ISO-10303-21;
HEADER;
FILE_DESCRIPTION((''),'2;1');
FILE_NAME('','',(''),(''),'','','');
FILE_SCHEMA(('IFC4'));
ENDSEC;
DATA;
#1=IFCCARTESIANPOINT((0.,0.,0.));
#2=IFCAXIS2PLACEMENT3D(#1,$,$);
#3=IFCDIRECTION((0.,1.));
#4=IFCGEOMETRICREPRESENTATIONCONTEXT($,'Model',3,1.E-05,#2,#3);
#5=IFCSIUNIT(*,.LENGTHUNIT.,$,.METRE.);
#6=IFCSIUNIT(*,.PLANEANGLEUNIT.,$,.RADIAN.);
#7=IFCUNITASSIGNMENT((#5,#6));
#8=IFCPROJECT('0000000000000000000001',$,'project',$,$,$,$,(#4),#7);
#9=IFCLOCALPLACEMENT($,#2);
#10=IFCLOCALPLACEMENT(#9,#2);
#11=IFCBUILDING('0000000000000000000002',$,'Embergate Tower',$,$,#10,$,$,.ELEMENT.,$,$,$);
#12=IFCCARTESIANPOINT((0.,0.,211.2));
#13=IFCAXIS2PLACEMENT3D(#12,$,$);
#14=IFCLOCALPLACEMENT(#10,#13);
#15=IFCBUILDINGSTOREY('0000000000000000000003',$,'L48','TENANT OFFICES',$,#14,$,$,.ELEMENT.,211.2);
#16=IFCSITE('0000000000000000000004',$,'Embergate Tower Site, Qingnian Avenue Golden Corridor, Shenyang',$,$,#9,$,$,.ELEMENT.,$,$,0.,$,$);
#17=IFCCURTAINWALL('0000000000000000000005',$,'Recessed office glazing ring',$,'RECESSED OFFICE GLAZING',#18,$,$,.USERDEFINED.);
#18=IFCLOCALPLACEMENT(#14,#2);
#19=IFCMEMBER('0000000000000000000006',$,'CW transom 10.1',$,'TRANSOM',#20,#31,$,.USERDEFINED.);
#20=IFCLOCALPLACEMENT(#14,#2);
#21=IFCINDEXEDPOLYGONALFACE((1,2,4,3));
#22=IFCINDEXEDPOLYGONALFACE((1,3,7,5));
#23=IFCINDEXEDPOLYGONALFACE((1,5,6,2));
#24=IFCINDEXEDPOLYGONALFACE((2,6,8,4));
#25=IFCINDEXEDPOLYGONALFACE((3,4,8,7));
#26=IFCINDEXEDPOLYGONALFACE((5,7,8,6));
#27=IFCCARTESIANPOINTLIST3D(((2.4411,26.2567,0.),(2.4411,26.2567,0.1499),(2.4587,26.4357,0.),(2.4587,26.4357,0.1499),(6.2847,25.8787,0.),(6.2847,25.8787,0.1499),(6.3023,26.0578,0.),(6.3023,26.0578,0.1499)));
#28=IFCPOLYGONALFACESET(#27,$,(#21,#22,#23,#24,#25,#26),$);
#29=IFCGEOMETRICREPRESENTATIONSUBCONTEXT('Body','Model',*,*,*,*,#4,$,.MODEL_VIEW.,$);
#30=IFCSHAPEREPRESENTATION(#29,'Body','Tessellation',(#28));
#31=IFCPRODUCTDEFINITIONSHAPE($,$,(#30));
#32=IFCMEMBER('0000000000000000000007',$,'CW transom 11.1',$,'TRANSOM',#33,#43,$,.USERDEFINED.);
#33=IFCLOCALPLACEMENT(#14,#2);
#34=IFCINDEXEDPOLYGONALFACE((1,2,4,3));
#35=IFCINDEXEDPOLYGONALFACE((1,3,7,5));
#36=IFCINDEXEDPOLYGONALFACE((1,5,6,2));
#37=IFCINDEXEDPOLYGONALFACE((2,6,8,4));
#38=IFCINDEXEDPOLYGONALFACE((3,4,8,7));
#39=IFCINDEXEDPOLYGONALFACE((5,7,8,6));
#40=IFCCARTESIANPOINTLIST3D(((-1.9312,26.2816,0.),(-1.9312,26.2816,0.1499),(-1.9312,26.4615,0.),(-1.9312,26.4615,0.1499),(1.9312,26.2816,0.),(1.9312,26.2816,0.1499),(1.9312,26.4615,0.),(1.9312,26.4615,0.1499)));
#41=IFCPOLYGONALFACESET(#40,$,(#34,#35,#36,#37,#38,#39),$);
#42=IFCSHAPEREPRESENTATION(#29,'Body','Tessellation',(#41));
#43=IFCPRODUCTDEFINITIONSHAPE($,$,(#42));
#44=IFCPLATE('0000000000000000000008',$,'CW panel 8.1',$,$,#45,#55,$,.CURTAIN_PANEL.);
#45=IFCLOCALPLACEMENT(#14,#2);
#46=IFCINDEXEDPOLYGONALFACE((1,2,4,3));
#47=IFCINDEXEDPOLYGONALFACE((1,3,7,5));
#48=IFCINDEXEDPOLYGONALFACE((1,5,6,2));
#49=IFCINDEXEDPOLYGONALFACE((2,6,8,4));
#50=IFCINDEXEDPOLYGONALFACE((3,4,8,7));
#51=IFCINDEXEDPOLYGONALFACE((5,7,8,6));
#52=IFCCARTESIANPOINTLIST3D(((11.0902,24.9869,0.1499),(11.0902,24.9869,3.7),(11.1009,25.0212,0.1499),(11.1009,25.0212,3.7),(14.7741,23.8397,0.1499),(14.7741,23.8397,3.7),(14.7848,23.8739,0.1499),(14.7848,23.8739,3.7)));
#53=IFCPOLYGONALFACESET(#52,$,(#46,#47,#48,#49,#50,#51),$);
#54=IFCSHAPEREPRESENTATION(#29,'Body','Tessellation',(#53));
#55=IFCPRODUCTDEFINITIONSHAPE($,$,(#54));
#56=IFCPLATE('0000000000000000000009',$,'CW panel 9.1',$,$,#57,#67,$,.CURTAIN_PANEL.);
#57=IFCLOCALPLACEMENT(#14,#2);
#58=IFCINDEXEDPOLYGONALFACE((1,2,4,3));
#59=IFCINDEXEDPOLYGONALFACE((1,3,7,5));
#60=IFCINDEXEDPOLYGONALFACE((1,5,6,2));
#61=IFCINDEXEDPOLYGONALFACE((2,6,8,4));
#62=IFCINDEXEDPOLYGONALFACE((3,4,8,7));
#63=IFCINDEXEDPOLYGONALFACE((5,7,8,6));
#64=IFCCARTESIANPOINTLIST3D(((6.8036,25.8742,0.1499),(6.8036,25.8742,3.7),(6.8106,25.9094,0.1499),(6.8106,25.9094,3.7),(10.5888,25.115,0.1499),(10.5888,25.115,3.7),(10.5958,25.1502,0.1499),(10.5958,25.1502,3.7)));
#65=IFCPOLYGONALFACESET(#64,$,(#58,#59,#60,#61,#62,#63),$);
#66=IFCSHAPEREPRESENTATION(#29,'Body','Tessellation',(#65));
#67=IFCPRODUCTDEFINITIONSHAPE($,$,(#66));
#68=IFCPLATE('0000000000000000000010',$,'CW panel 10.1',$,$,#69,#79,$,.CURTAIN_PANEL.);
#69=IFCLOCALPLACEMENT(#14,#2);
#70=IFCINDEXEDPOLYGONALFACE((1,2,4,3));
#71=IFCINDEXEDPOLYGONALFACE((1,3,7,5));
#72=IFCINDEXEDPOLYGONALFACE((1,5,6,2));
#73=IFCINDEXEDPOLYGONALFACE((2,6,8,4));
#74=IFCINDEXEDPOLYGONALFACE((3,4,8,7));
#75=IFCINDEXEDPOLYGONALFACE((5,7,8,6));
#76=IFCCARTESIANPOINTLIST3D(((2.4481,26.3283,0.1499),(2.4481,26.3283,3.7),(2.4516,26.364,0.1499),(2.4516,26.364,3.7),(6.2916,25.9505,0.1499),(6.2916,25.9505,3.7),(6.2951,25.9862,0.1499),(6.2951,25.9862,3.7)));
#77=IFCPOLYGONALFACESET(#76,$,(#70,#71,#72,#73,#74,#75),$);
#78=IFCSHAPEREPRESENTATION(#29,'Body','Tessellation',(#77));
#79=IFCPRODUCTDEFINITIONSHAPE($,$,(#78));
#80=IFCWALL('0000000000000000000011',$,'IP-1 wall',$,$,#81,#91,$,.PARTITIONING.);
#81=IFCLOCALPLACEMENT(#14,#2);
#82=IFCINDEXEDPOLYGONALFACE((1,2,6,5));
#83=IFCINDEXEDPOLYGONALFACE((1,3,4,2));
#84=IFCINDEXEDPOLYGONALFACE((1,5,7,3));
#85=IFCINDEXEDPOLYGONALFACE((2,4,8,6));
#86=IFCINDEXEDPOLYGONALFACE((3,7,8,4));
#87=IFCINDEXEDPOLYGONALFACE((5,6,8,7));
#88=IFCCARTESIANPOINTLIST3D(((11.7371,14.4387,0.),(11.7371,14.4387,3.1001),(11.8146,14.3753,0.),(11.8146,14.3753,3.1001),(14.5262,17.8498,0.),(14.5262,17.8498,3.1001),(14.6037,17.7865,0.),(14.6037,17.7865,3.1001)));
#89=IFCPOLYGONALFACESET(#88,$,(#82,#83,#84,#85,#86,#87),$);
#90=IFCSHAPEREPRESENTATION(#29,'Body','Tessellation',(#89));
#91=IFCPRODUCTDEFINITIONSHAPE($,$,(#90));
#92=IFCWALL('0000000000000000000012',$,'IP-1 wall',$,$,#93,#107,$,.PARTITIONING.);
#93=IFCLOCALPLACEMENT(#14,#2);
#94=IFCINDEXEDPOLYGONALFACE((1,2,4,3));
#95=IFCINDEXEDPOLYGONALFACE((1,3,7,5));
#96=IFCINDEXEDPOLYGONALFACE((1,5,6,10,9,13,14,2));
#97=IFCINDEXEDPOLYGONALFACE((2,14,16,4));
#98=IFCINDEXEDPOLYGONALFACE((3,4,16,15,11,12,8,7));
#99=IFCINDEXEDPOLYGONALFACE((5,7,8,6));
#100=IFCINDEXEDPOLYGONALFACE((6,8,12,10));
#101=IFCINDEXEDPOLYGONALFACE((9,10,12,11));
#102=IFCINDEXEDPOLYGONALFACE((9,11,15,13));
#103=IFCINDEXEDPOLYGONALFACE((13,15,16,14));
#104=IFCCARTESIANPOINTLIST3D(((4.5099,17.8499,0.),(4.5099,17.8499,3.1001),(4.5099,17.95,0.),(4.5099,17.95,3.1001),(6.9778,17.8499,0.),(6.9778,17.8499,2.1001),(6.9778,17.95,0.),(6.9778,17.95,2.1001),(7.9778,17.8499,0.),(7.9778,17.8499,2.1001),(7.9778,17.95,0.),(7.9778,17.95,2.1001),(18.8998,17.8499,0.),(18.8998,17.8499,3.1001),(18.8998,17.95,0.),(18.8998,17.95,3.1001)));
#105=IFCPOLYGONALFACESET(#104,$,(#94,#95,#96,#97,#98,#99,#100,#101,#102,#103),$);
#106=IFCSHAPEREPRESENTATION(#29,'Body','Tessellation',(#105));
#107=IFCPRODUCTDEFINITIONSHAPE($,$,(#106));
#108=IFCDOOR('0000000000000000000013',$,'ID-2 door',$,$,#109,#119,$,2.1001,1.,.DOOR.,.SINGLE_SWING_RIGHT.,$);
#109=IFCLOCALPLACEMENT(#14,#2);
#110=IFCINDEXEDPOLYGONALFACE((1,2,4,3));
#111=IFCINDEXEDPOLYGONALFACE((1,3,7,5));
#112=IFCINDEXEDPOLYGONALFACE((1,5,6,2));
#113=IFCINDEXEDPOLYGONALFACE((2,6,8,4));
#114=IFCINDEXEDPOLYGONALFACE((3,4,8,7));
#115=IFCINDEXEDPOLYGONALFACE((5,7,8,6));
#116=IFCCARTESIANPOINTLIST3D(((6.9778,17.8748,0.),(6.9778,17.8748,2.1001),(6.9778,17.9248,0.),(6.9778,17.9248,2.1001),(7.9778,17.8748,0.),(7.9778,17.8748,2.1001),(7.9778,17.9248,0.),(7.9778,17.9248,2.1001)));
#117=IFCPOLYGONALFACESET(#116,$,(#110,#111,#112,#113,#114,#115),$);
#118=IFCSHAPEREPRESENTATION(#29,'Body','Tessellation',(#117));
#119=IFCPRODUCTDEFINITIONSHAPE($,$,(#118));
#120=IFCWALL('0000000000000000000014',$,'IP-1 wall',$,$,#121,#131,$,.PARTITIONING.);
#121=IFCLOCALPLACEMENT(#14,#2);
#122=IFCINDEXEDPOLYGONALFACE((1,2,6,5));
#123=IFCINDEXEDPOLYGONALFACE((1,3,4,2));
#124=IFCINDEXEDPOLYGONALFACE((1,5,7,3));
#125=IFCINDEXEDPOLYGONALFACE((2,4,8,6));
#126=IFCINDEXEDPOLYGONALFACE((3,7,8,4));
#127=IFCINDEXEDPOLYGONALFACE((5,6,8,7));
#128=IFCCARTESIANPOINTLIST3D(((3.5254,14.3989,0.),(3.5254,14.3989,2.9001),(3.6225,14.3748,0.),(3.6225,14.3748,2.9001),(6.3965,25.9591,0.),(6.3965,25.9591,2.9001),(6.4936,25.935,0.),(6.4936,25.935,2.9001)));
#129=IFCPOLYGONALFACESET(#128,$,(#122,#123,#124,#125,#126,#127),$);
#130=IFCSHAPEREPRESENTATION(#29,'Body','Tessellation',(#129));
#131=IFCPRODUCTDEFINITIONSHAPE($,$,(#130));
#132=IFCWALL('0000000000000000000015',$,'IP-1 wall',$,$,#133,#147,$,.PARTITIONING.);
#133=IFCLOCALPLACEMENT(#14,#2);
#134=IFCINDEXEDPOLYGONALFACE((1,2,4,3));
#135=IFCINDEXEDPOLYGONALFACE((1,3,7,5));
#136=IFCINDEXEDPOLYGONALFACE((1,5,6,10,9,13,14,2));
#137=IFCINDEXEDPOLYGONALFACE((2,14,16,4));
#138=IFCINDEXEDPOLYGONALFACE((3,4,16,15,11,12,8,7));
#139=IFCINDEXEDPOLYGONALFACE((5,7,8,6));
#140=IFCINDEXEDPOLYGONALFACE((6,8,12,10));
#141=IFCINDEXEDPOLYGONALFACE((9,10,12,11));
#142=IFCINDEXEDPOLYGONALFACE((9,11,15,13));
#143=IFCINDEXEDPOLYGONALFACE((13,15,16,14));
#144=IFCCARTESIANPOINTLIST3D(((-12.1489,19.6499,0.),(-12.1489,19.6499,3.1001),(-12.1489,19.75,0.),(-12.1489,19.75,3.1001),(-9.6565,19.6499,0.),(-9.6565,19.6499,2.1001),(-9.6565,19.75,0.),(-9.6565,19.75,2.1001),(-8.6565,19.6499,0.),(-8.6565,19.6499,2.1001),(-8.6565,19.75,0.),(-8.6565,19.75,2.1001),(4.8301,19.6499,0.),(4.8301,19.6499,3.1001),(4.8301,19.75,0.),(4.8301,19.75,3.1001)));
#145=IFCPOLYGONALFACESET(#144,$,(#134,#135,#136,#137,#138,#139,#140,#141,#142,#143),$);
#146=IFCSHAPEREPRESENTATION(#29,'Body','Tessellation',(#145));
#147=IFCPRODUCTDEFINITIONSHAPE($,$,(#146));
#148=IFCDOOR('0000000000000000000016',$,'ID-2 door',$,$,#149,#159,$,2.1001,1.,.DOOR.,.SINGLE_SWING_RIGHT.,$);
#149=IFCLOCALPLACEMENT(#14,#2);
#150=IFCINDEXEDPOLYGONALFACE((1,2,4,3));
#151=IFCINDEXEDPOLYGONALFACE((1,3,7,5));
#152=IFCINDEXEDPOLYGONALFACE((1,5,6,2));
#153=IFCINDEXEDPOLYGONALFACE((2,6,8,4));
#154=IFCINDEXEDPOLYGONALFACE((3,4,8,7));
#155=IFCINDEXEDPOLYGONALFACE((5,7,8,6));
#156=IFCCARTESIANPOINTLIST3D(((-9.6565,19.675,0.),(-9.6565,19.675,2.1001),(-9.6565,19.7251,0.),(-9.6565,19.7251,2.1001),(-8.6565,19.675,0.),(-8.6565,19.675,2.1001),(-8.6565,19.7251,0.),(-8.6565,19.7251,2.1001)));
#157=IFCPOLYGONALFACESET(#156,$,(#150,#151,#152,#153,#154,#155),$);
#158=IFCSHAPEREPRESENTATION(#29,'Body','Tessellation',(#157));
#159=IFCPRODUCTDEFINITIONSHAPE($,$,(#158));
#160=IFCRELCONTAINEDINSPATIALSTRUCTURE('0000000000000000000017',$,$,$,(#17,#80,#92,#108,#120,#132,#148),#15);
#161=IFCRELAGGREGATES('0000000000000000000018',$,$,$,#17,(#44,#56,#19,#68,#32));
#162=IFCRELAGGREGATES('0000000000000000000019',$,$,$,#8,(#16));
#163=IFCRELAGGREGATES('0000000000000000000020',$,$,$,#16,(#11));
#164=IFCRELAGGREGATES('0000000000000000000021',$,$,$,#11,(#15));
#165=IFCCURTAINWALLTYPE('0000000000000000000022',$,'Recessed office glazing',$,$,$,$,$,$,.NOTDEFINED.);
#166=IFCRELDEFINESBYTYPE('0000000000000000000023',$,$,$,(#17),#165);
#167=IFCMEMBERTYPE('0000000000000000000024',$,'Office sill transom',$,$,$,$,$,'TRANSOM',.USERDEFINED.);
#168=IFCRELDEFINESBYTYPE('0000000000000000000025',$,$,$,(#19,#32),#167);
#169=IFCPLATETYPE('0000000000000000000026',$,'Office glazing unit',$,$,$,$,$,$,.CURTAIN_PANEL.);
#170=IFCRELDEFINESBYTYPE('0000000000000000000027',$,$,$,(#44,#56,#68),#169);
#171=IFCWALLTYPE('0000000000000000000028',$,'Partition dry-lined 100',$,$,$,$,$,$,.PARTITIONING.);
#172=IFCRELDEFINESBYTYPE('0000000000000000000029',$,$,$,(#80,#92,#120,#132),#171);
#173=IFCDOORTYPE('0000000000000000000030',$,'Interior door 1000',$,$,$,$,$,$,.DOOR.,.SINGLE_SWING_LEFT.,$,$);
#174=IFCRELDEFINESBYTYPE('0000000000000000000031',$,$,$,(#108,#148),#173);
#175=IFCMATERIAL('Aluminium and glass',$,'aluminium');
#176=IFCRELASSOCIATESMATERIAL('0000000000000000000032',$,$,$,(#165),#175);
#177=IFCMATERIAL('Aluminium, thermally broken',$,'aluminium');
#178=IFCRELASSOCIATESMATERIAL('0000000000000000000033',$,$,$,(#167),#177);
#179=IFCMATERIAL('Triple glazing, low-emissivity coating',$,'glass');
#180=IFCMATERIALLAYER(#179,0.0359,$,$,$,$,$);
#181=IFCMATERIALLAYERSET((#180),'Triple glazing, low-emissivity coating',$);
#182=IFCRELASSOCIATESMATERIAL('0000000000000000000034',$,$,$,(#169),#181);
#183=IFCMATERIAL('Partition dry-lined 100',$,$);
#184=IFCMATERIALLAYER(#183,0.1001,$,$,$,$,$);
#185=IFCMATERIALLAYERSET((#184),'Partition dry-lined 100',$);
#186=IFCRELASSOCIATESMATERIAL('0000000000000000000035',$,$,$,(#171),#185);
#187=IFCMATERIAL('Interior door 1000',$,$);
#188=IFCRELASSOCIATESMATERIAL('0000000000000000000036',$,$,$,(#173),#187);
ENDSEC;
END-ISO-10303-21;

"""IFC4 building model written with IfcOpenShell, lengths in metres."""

from ifc_helpers import new_model, si_unit, direction, frame, frame_2d, origin, origin_2d, place, context, subcontext, project, spatial, rectangle, extrude, source, transform, mapped, material, layer, layer_set, material_profile, profile_set, type_object, element, fill, aggregate, save


model = new_model("IFC4")

# Units and contexts
model_context = context("Model", 3, precision=1e-05, world=origin(), true_north=direction((0.0, 1.0)))
body_context = subcontext(model_context, "Body", "Model", "MODEL_VIEW")
ifc_project = project(units=[si_unit("LENGTHUNIT", "METRE"), si_unit("PLANEANGLEUNIT", "RADIAN")], contexts=[model_context])

# Site, building, storey
site_placement = place(None, origin())
site = spatial("IfcSite", under=ifc_project, at=site_placement, Name="Embergate Tower Site, Qingnian Avenue Golden Corridor, Shenyang", CompositionType="ELEMENT", RefElevation=0.0)
building_placement = place(site_placement, origin())
building = spatial("IfcBuilding", under=site, at=building_placement, Name="Embergate Tower", CompositionType="ELEMENT")
storey_placement = place(building_placement, frame((0.0, 0.0, 211.2)))
storey = spatial("IfcBuildingStorey", under=building, at=storey_placement, Name="L48", Description="TENANT OFFICES", CompositionType="ELEMENT", Elevation=211.2)

# Curtain wall, members, plates
ifc_material_1 = material(Name="Aluminium and glass", Category="aluminium")
curtain_wall_type = type_object("IfcCurtainWallType", Name="Recessed office glazing", PredefinedType="NOTDEFINED", material=ifc_material_1)
curtain_wall_placement = place(storey_placement, origin())
curtain_wall = element("IfcCurtainWall", 1, at=curtain_wall_placement, inside=storey, type_object=curtain_wall_type, Name="Recessed office glazing ring", ObjectType="RECESSED OFFICE GLAZING", PredefinedType="USERDEFINED")
ifc_material_2 = material(Name="Aluminium, thermally broken", Category="aluminium")
ifc_material_profile_1 = material_profile(ifc_material_2, rectangle(XDim=0.1799, YDim=0.1499, at=origin_2d()), Name="AL 150x180")
ifc_profile_set_1 = profile_set([ifc_material_profile_1], Name="Aluminium, thermally broken")
member_type_1 = type_object("IfcMemberType", Name="Office sill transom", ElementType="TRANSOM", PredefinedType="USERDEFINED", material=ifc_profile_set_1)
shared_shape_1 = source(origin(), body_context, "Body", "SweptSolid", [
    extrude(rectangle(XDim=0.1799, YDim=0.1499, at=origin_2d()), origin(), (0.0, 0.0, 1.0), 3.8621),
])
member_1_placement = place(storey_placement, frame((6.2935, 25.9683, 0.075), z_axis=(-0.9952, 0.097857, 0.0), x_axis=(-0.097857, -0.9952, 0.0)))
member_1 = element("IfcMember", 2, at=member_1_placement, type_object=member_type_1, Name="CW transom 10.1", ObjectType="TRANSOM", PredefinedType="USERDEFINED", context=body_context, shape_type="MappedRepresentation", body=[
    mapped(shared_shape_1, transform((0.0, 0.0, 0.0))),
])
shared_shape_2 = source(origin(), body_context, "Body", "SweptSolid", [
    extrude(rectangle(XDim=0.1799, YDim=0.1499, at=origin_2d()), origin(), (0.0, 0.0, 1.0), 3.8623),
])
member_2_placement = place(storey_placement, frame((1.9312, 26.3716, 0.075), z_axis=(-1.0, 0.0, 0.0), x_axis=(0.0, -1.0, 0.0)))
member_2 = element("IfcMember", 3, at=member_2_placement, type_object=member_type_1, Name="CW transom 11.1", ObjectType="TRANSOM", PredefinedType="USERDEFINED", context=body_context, shape_type="MappedRepresentation", body=[
    mapped(shared_shape_2, transform((0.0, 0.0, 0.0))),
])
ifc_material_3 = material(Name="Triple glazing, low-emissivity coating", Category="glass")
ifc_layer_1 = layer(ifc_material_3, 0.0359)
ifc_layer_set_1 = layer_set([ifc_layer_1], Name="Triple glazing, low-emissivity coating")
plate_type = type_object("IfcPlateType", Name="Office glazing unit", PredefinedType="CURTAIN_PANEL", material=ifc_layer_set_1)
shared_shape_3 = source(origin(), body_context, "Body", "SweptSolid", [
    extrude(rectangle(XDim=3.8584, YDim=0.0359, at=origin_2d()), origin(), (0.0, 0.0, 1.0), 3.55),
])
plate_1_placement = place(storey_placement, frame((12.9375, 24.4304, 0.1499), z_axis=(0.0, 0.0, 1.0), x_axis=(-0.954771, 0.297343, 0.0)))
plate_1 = element("IfcPlate", 4, at=plate_1_placement, type_object=plate_type, Name="CW panel 8.1", PredefinedType="CURTAIN_PANEL", context=body_context, shape_type="MappedRepresentation", body=[
    mapped(shared_shape_3, transform((0.0, 0.0, 0.0))),
])
shared_shape_4 = source(origin(), body_context, "Body", "SweptSolid", [
    extrude(rectangle(XDim=3.8606, YDim=0.0359, at=origin_2d()), origin(), (0.0, 0.0, 1.0), 3.55),
])
plate_2_placement = place(storey_placement, frame((8.6997, 25.5122, 0.1499), z_axis=(0.0, 0.0, 1.0), x_axis=(-0.980475, 0.196643, 0.0)))
plate_2 = element("IfcPlate", 5, at=plate_2_placement, type_object=plate_type, Name="CW panel 9.1", PredefinedType="CURTAIN_PANEL", context=body_context, shape_type="MappedRepresentation", body=[
    mapped(shared_shape_4, transform((0.0, 0.0, 0.0))),
])
shared_shape_5 = source(origin(), body_context, "Body", "SweptSolid", [
    extrude(rectangle(XDim=3.8621, YDim=0.0359, at=origin_2d()), origin(), (0.0, 0.0, 1.0), 3.55),
])
plate_3_placement = place(storey_placement, frame((4.3716, 26.1572, 0.1499), z_axis=(0.0, 0.0, 1.0), x_axis=(-0.995203, 0.097831, 0.0)))
plate_3 = element("IfcPlate", 6, at=plate_3_placement, type_object=plate_type, Name="CW panel 10.1", PredefinedType="CURTAIN_PANEL", context=body_context, shape_type="MappedRepresentation", body=[
    mapped(shared_shape_5, transform((0.0, 0.0, 0.0))),
])
aggregate(curtain_wall, [plate_1, plate_2, member_1, plate_3, member_2])

# Wall
ifc_material_4 = material(Name="Partition dry-lined 100")
ifc_layer_2 = layer(ifc_material_4, 0.1001)
ifc_layer_set_2 = layer_set([ifc_layer_2], Name="Partition dry-lined 100")
wall_type = type_object("IfcWallType", Name="Partition dry-lined 100", PredefinedType="PARTITIONING", material=ifc_layer_set_2)
shared_shape_6 = source(origin(), body_context, "Body", "SweptSolid", [
    extrude(rectangle(XDim=4.4062, YDim=0.1001, at=frame_2d((2.2031, 0.0))), origin(), (0.0, 0.0, 1.0), 3.1001),
])
wall_1_placement = place(storey_placement, frame((11.7759, 14.407, 0.0), z_axis=(0.0, 0.0, 1.0), x_axis=(0.632984, 0.774165, 0.0)))
element("IfcWall", 7, at=wall_1_placement, inside=storey, type_object=wall_type, Name="IP-1 wall", PredefinedType="PARTITIONING", context=body_context, shape_type="MappedRepresentation", body=[
    mapped(shared_shape_6, transform((0.0, 0.0, 0.0))),
])

# Wall, opening, door
shared_shape_7 = source(origin(), body_context, "Body", "SweptSolid", [
    extrude(rectangle(XDim=14.3899, YDim=0.1001, at=frame_2d((7.1948, 0.0))), origin(), (0.0, 0.0, 1.0), 3.1001),
])
wall_2_placement = place(storey_placement, frame((4.51, 17.8999, 0.0), z_axis=(0.0, 0.0, 1.0), x_axis=(1.0, 0.0, 0.0)))
wall_2 = element("IfcWall", 8, at=wall_2_placement, inside=storey, type_object=wall_type, Name="IP-1 wall", PredefinedType="PARTITIONING", context=body_context, shape_type="MappedRepresentation", body=[
    mapped(shared_shape_7, transform((0.0, 0.0, 0.0))),
])
shared_shape_8 = source(origin(), body_context, "Body", "SweptSolid", [
    extrude(rectangle(XDim=1.0, YDim=2.1001, at=frame_2d((0.5, 1.05))), frame((0.0, 0.0601, 0.0), z_axis=(0.0, -1.0, 0.0), x_axis=(1.0, 0.0, 0.0)), (0.0, 0.0, 1.0), 0.1201),
])
opening_1_placement = place(wall_2_placement, frame((2.4678, 0.0, 0.0)))
opening_1 = element("IfcOpeningElement", 9, at=opening_1_placement, cuts=wall_2, PredefinedType="OPENING", context=body_context, shape_type="MappedRepresentation", body=[
    mapped(shared_shape_8, transform((0.0, 0.0, 0.0))),
])
ifc_material_5 = material(Name="Interior door 1000")
door_type = type_object("IfcDoorType", Name="Interior door 1000", OperationType="SINGLE_SWING_LEFT", PredefinedType="DOOR", material=ifc_material_5)
shared_shape_9 = source(origin(), body_context, "Body", "SweptSolid", [
    extrude(rectangle(XDim=1.0, YDim=2.1001, at=frame_2d((0.5, 1.05))), frame((0.0, 0.0249, 0.0), z_axis=(0.0, -1.0, 0.0), x_axis=(1.0, 0.0, 0.0)), (0.0, 0.0, 1.0), 0.05),
])
door_1_placement = place(opening_1_placement, origin())
door_1 = element("IfcDoor", 10, at=door_1_placement, inside=storey, type_object=door_type, Name="ID-2 door", OperationType="SINGLE_SWING_RIGHT", OverallHeight=2.1001, OverallWidth=1.0, PredefinedType="DOOR", context=body_context, shape_type="MappedRepresentation", body=[
    mapped(shared_shape_9, transform((0.0, 0.0, 0.0))),
])
fill(opening_1, door_1)

# Wall
shared_shape_10 = source(origin(), body_context, "Body", "SweptSolid", [
    extrude(rectangle(XDim=11.9114, YDim=0.1001, at=frame_2d((5.9556, 0.0))), origin(), (0.0, 0.0, 1.0), 2.9001),
])
wall_3_placement = place(storey_placement, frame((3.574, 14.387, 0.0), z_axis=(0.0, 0.0, 1.0), x_axis=(0.24104, 0.970515, 0.0)))
element("IfcWall", 11, at=wall_3_placement, inside=storey, type_object=wall_type, Name="IP-1 wall", PredefinedType="PARTITIONING", context=body_context, shape_type="MappedRepresentation", body=[
    mapped(shared_shape_10, transform((0.0, 0.0, 0.0))),
])

# Wall, opening, door
shared_shape_11 = source(origin(), body_context, "Body", "SweptSolid", [
    extrude(rectangle(XDim=16.979, YDim=0.1001, at=frame_2d((8.4895, 0.0))), origin(), (0.0, 0.0, 1.0), 3.1001),
])
wall_4_placement = place(storey_placement, frame((4.8301, 19.7, 0.0), z_axis=(0.0, 0.0, 1.0), x_axis=(-1.0, 0.0, 0.0)))
wall_4 = element("IfcWall", 12, at=wall_4_placement, inside=storey, type_object=wall_type, Name="IP-1 wall", PredefinedType="PARTITIONING", context=body_context, shape_type="MappedRepresentation", body=[
    mapped(shared_shape_11, transform((0.0, 0.0, 0.0))),
])
opening_2_placement = place(wall_4_placement, frame((13.4866, 0.0, 0.0)))
opening_2 = element("IfcOpeningElement", 13, at=opening_2_placement, cuts=wall_4, PredefinedType="OPENING", context=body_context, shape_type="MappedRepresentation", body=[
    mapped(shared_shape_8, transform((0.0, 0.0, 0.0))),
])
door_2_placement = place(opening_2_placement, origin())
door_2 = element("IfcDoor", 14, at=door_2_placement, inside=storey, type_object=door_type, Name="ID-2 door", OperationType="SINGLE_SWING_RIGHT", OverallHeight=2.1001, OverallWidth=1.0, PredefinedType="DOOR", context=body_context, shape_type="MappedRepresentation", body=[
    mapped(shared_shape_9, transform((0.0, 0.0, 0.0))),
])
fill(opening_2, door_2)

save(model, "model.ifc")
